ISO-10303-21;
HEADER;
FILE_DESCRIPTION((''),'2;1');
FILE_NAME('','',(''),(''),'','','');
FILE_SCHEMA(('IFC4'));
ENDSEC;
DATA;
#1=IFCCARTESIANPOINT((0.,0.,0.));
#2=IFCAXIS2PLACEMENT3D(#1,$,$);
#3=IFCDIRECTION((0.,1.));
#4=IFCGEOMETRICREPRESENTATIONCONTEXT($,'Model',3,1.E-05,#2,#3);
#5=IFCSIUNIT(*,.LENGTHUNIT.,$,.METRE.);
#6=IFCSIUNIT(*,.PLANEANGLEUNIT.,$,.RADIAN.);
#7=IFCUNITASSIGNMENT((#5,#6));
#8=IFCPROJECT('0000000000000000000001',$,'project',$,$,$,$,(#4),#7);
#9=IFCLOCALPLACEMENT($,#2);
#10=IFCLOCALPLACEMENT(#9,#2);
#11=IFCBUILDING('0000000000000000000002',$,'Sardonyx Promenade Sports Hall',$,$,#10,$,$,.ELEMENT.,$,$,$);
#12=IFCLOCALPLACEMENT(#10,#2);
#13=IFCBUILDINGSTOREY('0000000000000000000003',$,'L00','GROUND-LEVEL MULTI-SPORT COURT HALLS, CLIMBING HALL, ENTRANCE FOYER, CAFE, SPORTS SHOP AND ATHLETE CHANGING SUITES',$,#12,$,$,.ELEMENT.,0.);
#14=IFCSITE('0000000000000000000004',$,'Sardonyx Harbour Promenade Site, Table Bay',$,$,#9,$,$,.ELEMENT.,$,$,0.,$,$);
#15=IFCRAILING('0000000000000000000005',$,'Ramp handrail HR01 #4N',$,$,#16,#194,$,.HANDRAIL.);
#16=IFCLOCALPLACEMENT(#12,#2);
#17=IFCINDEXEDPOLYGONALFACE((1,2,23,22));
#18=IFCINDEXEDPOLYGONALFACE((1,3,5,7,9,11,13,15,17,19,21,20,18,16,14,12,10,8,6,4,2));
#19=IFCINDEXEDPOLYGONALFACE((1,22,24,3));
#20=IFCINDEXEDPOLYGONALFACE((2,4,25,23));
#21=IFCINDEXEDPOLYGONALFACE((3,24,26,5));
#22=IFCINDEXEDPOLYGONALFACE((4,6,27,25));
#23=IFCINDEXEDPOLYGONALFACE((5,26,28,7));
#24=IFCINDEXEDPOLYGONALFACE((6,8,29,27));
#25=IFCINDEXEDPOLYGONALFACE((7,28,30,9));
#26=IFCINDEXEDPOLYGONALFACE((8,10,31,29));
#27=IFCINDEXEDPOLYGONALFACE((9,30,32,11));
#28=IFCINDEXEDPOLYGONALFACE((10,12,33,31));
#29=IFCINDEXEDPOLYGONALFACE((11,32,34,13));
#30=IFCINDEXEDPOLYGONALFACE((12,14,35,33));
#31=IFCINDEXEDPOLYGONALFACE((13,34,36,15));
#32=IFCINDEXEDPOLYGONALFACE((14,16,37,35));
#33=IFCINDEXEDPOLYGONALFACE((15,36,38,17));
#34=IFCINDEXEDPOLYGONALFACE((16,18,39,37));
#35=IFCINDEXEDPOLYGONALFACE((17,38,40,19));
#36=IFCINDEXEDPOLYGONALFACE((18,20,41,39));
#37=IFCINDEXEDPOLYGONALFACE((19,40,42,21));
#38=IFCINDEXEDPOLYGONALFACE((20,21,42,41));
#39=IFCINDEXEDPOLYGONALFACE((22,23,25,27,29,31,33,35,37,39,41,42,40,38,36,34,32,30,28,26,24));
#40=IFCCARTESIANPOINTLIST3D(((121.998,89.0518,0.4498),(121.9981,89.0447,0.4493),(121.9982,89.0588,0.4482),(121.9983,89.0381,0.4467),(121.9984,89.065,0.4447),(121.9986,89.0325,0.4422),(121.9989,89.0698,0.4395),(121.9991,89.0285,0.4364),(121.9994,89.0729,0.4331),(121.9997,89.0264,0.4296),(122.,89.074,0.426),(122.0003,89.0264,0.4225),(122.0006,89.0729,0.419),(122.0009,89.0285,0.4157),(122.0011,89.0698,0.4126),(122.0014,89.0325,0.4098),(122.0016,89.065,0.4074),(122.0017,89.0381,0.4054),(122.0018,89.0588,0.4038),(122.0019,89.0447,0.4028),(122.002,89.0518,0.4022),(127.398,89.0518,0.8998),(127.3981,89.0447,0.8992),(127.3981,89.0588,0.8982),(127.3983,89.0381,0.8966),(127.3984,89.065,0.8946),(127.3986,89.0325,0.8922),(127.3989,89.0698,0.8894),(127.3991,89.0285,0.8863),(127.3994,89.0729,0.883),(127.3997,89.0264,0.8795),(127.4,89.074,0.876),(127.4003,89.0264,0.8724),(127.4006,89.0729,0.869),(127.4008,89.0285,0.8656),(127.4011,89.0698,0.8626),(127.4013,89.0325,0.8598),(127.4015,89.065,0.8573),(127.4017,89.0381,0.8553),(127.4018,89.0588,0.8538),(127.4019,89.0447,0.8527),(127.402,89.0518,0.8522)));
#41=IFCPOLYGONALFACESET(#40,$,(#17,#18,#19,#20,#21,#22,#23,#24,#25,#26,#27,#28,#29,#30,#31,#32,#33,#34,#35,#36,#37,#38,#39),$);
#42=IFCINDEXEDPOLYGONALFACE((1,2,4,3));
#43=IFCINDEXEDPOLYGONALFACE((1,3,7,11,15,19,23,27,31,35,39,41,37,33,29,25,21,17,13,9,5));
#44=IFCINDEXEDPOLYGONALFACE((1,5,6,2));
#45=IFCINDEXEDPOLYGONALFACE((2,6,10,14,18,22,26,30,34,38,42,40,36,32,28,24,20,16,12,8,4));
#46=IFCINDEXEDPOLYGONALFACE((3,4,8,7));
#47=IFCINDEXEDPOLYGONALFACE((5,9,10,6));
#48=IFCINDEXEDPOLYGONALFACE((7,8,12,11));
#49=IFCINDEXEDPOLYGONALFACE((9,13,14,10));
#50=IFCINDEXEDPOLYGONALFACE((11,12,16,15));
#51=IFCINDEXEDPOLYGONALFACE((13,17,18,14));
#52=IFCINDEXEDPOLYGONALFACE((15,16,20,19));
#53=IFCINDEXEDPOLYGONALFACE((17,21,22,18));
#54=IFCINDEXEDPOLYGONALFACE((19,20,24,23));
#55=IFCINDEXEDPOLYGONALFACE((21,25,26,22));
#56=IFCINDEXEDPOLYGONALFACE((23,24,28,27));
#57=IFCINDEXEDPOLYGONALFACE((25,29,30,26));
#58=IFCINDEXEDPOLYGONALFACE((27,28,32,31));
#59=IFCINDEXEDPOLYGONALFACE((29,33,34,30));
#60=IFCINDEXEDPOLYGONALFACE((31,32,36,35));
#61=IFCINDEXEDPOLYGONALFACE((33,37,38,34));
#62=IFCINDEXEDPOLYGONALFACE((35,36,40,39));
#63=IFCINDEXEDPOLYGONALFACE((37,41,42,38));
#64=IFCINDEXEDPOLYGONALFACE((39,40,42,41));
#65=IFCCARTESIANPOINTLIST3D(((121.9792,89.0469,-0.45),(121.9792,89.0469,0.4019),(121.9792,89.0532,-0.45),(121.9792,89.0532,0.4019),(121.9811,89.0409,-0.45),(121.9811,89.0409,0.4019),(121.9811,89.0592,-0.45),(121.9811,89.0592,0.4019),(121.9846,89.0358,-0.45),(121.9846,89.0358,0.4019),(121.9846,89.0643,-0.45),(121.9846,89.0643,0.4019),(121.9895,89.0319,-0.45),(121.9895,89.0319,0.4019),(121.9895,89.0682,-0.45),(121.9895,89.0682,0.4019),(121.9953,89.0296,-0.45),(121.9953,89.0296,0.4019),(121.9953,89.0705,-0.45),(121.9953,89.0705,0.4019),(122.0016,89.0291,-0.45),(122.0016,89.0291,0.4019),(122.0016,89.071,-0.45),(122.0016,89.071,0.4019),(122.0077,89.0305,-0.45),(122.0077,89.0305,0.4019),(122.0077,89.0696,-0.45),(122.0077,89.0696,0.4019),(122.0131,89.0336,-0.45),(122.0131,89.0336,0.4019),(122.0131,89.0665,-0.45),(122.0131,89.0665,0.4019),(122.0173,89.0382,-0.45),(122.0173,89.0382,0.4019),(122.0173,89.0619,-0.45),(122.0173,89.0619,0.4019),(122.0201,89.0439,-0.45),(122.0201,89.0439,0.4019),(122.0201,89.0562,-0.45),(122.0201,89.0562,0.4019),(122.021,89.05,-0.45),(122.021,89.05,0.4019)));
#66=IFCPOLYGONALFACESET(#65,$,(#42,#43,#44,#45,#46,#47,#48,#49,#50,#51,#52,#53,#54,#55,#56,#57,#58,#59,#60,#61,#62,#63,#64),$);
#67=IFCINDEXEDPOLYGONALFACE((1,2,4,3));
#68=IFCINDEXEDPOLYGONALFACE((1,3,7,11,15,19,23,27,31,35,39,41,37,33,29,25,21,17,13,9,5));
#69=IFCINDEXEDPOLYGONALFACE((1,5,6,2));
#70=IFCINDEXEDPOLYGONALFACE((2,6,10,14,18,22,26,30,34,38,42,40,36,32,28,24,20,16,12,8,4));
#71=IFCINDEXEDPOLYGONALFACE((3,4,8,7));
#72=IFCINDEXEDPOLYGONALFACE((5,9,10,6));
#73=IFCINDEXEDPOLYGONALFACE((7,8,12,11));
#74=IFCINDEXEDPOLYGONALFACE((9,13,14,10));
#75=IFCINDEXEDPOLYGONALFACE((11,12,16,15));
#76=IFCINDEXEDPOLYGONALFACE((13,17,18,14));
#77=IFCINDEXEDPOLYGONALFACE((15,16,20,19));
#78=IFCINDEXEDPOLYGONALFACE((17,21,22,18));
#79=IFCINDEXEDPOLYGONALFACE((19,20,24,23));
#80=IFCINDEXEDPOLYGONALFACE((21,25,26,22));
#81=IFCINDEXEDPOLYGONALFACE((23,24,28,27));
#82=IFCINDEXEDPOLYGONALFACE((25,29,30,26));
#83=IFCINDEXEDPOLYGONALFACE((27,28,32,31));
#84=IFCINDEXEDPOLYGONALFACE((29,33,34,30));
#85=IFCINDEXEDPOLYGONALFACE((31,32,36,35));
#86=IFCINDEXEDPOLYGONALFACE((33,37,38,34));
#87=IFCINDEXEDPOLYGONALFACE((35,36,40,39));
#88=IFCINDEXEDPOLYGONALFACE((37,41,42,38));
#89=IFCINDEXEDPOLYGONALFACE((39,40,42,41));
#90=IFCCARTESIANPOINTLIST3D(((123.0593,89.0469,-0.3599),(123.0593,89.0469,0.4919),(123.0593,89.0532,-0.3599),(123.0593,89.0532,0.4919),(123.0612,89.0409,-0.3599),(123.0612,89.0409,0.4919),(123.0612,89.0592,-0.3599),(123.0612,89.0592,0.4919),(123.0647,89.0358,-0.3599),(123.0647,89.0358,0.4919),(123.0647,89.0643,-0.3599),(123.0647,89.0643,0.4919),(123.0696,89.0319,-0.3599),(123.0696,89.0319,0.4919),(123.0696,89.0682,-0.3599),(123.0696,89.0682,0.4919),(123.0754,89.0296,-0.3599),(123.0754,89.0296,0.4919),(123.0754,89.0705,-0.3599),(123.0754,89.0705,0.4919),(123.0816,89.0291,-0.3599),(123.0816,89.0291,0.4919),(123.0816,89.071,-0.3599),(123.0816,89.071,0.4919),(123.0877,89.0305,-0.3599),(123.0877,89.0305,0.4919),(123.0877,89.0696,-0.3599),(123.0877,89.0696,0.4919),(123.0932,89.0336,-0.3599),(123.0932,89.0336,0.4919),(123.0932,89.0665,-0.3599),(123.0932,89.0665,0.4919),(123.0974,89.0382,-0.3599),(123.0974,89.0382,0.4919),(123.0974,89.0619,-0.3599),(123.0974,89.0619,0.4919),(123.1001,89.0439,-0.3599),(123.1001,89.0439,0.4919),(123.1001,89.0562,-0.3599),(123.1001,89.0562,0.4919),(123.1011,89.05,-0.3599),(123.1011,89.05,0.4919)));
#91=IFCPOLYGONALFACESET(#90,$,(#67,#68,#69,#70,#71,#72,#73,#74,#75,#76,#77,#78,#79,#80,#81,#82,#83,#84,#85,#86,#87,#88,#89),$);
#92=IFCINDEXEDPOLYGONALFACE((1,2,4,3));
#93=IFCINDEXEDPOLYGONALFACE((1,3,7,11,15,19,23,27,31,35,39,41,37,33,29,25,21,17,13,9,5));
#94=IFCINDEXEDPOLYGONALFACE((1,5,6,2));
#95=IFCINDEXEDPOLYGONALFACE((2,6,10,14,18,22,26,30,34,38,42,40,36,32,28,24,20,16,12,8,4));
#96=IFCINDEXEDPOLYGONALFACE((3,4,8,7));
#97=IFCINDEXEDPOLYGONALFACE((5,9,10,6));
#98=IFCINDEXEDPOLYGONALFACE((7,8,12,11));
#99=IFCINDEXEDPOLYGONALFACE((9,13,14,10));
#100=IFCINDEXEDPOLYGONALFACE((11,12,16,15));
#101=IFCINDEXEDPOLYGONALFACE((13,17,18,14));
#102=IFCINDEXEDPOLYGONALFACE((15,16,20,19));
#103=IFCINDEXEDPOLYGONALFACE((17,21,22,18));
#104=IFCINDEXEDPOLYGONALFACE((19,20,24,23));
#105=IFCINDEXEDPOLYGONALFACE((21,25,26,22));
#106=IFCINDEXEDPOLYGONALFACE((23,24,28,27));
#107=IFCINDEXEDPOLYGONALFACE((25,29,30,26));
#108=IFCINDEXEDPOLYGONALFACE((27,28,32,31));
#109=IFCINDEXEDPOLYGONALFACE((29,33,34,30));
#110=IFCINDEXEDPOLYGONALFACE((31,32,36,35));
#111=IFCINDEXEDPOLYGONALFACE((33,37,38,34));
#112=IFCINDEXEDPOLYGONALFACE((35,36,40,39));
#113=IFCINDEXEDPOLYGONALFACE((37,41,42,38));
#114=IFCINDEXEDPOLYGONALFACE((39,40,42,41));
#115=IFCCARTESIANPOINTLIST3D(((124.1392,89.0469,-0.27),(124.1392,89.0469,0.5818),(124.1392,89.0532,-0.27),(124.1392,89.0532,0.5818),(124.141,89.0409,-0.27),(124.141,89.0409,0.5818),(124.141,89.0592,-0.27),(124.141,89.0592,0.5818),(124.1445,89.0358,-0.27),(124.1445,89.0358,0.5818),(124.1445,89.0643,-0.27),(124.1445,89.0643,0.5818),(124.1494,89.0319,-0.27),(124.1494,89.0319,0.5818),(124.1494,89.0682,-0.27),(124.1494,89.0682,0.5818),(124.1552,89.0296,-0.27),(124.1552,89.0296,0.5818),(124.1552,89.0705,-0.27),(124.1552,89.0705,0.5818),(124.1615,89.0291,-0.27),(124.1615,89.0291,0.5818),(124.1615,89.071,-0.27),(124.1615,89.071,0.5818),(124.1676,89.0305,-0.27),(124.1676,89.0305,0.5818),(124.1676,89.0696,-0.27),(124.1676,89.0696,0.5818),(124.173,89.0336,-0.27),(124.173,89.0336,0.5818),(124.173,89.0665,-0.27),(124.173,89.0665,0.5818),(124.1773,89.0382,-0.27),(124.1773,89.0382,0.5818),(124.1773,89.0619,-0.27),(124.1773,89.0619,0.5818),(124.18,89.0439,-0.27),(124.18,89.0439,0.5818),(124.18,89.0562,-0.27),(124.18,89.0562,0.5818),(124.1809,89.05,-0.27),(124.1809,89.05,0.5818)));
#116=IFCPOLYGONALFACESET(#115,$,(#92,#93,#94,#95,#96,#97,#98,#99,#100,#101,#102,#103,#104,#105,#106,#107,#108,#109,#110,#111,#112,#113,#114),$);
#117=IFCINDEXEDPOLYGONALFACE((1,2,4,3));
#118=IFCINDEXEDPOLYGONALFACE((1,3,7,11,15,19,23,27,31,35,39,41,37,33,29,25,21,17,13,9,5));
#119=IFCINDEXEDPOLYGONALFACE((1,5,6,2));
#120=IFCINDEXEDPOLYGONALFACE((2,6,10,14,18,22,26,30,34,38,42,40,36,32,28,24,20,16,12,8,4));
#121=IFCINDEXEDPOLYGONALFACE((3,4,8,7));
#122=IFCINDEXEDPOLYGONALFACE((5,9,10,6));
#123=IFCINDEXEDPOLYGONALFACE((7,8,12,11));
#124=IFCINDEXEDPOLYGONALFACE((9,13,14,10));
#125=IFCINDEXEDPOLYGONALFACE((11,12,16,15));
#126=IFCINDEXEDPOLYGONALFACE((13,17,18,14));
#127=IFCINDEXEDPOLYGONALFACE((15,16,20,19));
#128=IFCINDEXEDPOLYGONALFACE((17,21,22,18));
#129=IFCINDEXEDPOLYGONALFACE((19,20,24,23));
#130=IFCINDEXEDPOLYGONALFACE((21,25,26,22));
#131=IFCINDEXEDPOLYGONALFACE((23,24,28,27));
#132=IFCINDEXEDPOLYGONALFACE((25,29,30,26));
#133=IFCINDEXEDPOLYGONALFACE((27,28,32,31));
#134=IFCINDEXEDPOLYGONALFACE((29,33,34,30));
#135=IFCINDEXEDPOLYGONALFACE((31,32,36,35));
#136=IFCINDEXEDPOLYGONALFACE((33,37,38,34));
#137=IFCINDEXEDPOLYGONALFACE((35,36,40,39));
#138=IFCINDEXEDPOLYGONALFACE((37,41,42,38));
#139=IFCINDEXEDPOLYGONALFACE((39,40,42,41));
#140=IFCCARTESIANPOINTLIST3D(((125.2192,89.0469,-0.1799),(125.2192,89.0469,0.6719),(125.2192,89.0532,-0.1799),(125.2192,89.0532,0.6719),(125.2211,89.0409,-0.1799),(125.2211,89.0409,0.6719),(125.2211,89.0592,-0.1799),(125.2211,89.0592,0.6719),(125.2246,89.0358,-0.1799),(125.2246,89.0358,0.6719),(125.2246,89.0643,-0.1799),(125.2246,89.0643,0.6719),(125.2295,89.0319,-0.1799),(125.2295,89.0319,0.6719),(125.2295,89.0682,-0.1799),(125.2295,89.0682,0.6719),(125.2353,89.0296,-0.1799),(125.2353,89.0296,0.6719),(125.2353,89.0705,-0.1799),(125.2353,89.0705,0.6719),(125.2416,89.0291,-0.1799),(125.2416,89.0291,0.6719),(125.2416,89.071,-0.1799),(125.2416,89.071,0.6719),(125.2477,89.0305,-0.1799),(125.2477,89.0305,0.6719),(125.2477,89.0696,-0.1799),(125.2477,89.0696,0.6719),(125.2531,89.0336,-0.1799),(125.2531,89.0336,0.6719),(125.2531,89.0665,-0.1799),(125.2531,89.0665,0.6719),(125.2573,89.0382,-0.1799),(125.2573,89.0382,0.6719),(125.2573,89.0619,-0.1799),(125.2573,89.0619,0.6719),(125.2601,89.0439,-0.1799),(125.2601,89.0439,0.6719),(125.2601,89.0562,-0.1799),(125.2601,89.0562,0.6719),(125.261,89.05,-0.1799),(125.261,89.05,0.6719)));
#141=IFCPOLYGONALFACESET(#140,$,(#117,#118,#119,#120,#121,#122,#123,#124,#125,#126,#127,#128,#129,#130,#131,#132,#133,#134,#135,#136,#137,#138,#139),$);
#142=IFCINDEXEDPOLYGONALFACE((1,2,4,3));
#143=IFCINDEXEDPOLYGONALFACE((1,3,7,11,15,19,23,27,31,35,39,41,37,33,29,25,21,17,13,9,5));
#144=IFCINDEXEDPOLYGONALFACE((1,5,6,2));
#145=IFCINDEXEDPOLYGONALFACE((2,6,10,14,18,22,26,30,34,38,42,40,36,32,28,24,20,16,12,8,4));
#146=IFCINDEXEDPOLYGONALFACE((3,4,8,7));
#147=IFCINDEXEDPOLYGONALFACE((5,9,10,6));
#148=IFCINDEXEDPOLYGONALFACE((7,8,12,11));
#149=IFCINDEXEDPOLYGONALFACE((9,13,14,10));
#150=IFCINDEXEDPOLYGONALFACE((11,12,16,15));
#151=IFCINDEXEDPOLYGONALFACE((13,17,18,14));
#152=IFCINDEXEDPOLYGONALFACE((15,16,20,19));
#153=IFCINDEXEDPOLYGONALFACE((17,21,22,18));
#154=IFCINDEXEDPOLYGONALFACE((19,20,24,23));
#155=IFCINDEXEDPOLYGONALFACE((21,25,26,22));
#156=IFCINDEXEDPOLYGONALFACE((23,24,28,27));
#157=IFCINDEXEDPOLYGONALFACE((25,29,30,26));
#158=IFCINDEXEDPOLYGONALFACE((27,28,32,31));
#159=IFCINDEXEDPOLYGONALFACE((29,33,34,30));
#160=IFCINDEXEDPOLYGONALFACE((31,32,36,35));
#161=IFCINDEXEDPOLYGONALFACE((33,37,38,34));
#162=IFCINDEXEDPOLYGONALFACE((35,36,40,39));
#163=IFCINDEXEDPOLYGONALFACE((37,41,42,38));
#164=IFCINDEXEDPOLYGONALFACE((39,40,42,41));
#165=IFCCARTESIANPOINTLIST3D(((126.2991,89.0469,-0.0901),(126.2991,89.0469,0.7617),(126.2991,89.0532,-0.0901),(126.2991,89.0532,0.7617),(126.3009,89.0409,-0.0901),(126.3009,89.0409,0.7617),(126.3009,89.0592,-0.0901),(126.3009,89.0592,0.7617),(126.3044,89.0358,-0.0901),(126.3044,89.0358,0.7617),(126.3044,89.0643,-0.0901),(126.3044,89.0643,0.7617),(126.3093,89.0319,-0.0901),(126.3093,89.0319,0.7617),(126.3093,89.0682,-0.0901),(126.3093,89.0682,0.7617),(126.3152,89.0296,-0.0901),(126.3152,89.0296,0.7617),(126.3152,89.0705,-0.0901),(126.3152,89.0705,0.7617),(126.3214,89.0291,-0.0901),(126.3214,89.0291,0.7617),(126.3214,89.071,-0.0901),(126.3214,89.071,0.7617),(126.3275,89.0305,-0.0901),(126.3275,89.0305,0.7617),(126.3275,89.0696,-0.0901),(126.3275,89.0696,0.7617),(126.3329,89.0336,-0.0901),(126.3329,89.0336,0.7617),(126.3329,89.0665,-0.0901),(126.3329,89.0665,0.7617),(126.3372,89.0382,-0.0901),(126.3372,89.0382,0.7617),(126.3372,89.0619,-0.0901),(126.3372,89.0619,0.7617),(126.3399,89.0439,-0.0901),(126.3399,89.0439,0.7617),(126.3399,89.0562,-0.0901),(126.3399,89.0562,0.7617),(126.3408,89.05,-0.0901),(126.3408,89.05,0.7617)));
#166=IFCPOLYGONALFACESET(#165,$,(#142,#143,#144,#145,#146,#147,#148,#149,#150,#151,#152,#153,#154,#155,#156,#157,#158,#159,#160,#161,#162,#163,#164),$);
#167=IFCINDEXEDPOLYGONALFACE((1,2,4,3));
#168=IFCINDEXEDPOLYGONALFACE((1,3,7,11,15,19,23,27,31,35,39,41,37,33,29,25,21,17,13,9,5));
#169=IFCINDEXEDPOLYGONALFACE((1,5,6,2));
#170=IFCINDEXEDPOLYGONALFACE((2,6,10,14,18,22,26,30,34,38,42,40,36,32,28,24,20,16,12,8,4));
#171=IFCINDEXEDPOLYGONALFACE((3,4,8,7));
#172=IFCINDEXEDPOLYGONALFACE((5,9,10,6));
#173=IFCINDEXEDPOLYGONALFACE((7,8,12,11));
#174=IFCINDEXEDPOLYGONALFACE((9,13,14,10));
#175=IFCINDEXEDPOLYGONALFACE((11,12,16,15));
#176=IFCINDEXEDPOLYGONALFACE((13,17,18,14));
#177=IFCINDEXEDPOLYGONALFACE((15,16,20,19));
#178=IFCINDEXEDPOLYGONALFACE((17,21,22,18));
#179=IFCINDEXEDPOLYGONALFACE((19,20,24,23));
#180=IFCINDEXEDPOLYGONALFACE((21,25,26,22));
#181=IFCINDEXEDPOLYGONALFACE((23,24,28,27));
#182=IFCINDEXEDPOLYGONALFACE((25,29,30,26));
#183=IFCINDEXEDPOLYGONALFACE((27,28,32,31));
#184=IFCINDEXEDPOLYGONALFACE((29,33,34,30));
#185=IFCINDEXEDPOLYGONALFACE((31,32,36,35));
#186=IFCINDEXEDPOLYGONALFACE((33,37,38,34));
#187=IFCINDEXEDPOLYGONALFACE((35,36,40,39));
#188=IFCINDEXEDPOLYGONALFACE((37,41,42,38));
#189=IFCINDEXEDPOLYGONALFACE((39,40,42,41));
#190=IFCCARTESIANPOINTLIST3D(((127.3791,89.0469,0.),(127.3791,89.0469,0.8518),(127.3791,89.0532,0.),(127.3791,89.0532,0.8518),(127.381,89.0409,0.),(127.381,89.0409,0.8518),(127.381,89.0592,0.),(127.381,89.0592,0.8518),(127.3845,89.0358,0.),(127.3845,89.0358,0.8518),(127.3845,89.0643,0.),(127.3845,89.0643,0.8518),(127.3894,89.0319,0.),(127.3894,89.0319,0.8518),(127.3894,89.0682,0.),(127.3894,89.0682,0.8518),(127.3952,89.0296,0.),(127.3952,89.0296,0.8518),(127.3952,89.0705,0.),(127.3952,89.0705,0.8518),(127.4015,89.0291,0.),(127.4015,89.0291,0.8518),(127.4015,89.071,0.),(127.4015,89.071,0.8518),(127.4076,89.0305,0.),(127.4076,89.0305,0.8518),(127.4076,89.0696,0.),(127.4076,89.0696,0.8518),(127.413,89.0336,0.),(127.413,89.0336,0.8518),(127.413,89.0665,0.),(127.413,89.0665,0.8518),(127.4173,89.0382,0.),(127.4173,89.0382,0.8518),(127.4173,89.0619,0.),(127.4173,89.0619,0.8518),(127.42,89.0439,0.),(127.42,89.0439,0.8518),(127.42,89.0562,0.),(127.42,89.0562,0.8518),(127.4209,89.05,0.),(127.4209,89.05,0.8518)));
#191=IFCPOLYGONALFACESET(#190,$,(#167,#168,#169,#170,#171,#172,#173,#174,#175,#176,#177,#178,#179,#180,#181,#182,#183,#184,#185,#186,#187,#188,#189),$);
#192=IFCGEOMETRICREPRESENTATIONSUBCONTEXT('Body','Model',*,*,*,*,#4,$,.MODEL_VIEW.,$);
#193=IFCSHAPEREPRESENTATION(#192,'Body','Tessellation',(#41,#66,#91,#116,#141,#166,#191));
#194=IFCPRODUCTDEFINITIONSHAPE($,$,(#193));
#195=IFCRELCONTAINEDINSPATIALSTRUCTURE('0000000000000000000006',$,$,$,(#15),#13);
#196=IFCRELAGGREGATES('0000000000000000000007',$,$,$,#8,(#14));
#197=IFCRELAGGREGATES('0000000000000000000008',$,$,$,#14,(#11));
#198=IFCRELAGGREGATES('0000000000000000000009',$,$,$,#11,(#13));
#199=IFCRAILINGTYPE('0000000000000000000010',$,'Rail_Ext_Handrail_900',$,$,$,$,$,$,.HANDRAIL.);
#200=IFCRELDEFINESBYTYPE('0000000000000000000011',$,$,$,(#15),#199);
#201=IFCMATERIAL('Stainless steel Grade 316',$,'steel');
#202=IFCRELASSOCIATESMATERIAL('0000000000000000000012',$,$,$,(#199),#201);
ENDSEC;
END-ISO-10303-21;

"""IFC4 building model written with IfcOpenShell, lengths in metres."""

from ifc_helpers import new_model, si_unit, direction, frame, origin, origin_2d, place, context, subcontext, project, spatial, circle, extrude, material, type_object, element, save


model = new_model("IFC4")

# Units and contexts
model_context = context("Model", 3, precision=1e-05, world=origin(), true_north=direction((0.0, 1.0)))
body_context = subcontext(model_context, "Body", "Model", "MODEL_VIEW")
ifc_project = project(units=[si_unit("LENGTHUNIT", "METRE"), si_unit("PLANEANGLEUNIT", "RADIAN")], contexts=[model_context])

# Site, building, storey
site_placement = place(None, origin())
site = spatial("IfcSite", under=ifc_project, at=site_placement, Name="Sardonyx Harbour Promenade Site, Table Bay", CompositionType="ELEMENT", RefElevation=0.0)
building_placement = place(site_placement, origin())
building = spatial("IfcBuilding", under=site, at=building_placement, Name="Sardonyx Promenade Sports Hall", CompositionType="ELEMENT")
storey_placement = place(building_placement, origin())
storey = spatial("IfcBuildingStorey", under=building, at=storey_placement, Name="L00", Description="GROUND-LEVEL MULTI-SPORT COURT HALLS, CLIMBING HALL, ENTRANCE FOYER, CAFE, SPORTS SHOP AND ATHLETE CHANGING SUITES", CompositionType="ELEMENT", Elevation=0.0)

# Railing
ifc_material_1 = material(Name="Stainless steel Grade 316", Category="steel")
railing_type = type_object("IfcRailingType", Name="Rail_Ext_Handrail_900", PredefinedType="HANDRAIL", material=ifc_material_1)
for number, where, name in (
    (1, (122.0, 89.05, -0.45), "Ramp handrail HR01 #4N"),
):
    element("IfcRailing", number, at=place(storey_placement, frame(where)), inside=storey, type_object=railing_type, Name=name, PredefinedType="HANDRAIL", context=body_context, shape_type="SweptSolid", body=[
        extrude(circle(Radius=0.0239, at=origin_2d()), frame((0.0, 0.0, 0.876), z_axis=(0.996546, 0.0, 0.083038), x_axis=(0.0, 1.0, 0.0)), (0.0, 0.0, 1.0), 5.4187),
        extrude(circle(Radius=0.021, at=origin_2d()), origin(), (0.0, 0.0, 1.0), 0.8518),
        extrude(circle(Radius=0.021, at=origin_2d()), frame((1.0801, 0.0, 0.0901)), (0.0, 0.0, 1.0), 0.8518),
        extrude(circle(Radius=0.021, at=origin_2d()), frame((2.1599, 0.0, 0.1799)), (0.0, 0.0, 1.0), 0.8518),
        extrude(circle(Radius=0.021, at=origin_2d()), frame((3.24, 0.0, 0.27)), (0.0, 0.0, 1.0), 0.8518),
        extrude(circle(Radius=0.021, at=origin_2d()), frame((4.3198, 0.0, 0.3599)), (0.0, 0.0, 1.0), 0.8518),
        extrude(circle(Radius=0.021, at=origin_2d()), frame((5.3999, 0.0, 0.45)), (0.0, 0.0, 1.0), 0.8518),
    ])

save(model, "model.ifc")
